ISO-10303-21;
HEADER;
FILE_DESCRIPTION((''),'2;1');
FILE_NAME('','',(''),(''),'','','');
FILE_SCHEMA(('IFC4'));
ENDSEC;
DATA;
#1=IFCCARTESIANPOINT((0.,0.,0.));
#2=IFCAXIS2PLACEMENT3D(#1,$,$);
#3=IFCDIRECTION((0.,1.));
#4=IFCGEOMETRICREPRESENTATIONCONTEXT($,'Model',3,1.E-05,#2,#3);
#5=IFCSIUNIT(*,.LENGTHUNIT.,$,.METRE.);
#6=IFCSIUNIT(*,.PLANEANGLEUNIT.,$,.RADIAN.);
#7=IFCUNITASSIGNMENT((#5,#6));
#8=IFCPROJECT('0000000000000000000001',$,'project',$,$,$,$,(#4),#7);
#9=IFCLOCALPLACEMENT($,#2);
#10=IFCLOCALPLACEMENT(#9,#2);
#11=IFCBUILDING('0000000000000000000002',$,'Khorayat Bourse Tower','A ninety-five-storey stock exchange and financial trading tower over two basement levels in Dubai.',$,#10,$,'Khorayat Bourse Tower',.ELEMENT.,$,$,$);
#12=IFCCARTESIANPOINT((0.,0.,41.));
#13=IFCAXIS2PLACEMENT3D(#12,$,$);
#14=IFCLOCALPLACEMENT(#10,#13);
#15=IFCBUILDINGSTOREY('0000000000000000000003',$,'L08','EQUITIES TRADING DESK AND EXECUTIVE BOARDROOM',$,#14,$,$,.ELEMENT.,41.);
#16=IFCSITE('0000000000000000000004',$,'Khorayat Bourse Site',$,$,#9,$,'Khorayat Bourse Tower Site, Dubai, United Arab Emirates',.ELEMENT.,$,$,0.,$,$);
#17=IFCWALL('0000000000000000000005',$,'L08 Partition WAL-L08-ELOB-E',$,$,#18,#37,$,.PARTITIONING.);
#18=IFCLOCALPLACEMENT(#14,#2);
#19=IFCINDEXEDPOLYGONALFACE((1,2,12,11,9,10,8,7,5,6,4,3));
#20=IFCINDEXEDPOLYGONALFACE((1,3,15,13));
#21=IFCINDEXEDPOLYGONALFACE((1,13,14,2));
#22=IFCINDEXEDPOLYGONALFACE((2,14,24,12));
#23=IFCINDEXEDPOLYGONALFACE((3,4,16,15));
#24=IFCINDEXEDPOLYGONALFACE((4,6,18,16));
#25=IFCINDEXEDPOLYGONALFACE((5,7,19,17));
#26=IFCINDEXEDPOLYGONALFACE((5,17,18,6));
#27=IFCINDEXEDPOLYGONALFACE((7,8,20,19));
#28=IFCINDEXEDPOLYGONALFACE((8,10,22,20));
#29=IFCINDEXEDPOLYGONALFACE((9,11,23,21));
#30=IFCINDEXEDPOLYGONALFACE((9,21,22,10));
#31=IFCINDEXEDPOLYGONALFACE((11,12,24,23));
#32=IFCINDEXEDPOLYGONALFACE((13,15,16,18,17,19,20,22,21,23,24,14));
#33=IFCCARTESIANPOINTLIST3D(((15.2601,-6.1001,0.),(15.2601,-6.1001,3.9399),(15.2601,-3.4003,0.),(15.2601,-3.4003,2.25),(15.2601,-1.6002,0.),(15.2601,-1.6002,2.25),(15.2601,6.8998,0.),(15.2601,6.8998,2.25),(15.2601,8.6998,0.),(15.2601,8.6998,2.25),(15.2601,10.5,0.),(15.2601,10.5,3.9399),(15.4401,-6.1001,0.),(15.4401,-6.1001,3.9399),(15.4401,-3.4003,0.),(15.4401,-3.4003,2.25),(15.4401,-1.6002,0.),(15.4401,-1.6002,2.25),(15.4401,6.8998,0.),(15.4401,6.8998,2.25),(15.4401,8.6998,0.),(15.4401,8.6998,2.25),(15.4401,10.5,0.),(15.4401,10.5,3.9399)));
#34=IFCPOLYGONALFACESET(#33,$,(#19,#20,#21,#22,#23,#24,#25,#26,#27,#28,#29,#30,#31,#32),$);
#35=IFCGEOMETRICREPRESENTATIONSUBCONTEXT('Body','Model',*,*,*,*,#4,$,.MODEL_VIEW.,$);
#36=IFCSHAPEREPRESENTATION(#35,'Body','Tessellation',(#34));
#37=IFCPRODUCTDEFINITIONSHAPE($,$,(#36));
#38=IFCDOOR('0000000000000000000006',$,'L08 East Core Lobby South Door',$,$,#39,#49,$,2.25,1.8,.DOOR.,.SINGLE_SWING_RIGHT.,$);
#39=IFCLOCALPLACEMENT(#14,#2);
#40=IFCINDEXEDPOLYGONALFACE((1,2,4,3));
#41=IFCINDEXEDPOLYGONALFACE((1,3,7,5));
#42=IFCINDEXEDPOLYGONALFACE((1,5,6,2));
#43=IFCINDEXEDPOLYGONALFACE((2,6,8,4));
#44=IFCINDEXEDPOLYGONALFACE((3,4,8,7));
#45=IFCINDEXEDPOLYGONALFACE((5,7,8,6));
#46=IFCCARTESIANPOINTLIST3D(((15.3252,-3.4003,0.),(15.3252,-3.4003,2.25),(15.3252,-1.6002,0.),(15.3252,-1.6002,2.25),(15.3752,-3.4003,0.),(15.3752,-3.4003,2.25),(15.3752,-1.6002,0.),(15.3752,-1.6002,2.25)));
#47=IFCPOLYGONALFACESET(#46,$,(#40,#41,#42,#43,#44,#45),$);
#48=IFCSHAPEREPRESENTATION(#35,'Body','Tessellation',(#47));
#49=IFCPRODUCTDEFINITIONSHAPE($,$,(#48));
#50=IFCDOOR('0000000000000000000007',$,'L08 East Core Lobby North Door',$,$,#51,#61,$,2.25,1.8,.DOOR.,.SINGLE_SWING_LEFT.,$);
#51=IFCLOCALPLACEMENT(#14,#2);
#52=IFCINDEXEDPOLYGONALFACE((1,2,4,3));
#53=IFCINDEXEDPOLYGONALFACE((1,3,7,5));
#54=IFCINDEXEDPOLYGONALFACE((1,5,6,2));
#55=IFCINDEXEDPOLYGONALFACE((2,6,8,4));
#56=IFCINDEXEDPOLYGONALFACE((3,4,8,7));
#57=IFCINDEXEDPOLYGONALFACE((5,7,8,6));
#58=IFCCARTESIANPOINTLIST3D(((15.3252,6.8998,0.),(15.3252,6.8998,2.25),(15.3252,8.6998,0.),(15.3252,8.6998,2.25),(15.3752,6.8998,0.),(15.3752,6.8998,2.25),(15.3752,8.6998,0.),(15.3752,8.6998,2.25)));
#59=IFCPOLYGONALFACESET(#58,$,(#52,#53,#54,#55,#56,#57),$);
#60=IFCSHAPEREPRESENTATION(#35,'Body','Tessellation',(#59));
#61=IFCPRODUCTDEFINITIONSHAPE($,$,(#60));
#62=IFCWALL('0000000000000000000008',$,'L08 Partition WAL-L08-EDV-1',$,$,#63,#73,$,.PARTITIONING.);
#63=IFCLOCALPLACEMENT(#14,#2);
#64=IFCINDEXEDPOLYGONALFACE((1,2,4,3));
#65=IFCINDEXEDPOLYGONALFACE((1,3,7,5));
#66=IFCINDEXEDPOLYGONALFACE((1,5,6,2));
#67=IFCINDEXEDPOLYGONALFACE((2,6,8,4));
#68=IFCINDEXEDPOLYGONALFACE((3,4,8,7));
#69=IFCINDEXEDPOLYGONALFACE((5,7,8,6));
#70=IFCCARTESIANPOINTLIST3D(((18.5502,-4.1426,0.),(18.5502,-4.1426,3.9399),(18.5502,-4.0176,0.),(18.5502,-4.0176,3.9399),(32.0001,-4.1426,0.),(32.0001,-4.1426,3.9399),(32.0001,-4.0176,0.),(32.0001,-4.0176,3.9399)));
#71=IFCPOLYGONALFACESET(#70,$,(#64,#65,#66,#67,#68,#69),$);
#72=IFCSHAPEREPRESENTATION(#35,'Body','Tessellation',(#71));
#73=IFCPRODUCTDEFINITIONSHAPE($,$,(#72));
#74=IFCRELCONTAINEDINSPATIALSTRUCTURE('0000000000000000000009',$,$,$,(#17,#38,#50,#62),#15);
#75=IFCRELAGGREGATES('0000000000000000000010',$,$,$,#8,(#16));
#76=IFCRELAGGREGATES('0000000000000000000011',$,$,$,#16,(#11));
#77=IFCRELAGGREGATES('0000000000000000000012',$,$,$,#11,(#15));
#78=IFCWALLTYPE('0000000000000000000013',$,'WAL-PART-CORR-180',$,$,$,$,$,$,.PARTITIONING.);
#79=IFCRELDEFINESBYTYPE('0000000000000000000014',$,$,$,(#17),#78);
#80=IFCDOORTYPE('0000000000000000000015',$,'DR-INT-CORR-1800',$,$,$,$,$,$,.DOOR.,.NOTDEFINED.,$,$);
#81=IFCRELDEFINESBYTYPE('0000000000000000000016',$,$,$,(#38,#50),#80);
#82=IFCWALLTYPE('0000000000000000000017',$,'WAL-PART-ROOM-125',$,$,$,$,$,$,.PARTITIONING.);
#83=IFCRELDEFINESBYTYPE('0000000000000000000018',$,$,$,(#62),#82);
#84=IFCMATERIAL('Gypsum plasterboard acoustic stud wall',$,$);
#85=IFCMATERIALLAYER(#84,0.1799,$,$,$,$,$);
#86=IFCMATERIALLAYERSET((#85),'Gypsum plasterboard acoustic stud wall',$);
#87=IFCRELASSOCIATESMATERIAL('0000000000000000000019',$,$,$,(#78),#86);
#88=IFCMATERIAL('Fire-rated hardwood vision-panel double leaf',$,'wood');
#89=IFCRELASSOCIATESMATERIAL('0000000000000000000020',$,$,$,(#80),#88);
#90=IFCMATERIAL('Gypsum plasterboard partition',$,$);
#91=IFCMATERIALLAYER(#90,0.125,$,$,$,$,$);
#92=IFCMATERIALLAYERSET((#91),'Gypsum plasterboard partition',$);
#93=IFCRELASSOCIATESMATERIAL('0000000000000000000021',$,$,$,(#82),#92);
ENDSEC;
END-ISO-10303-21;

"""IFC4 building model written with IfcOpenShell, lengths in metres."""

from ifc_helpers import new_model, si_unit, direction, frame, frame_2d, origin, place, context, subcontext, project, spatial, rectangle, extrude, source, transform, mapped, material, layer, layer_set, type_object, element, fill, save


model = new_model("IFC4")

# Units and contexts
model_context = context("Model", 3, precision=1e-05, world=origin(), true_north=direction((0.0, 1.0)))
body_context = subcontext(model_context, "Body", "Model", "MODEL_VIEW")
ifc_project = project(units=[si_unit("LENGTHUNIT", "METRE"), si_unit("PLANEANGLEUNIT", "RADIAN")], contexts=[model_context])

# Site, building, storey
site_placement = place(None, origin())
site = spatial("IfcSite", under=ifc_project, at=site_placement, Name="Khorayat Bourse Site", LongName="Khorayat Bourse Tower Site, Dubai, United Arab Emirates", CompositionType="ELEMENT", RefElevation=0.0)
building_placement = place(site_placement, origin())
building = spatial("IfcBuilding", under=site, at=building_placement, Name="Khorayat Bourse Tower", Description="A ninety-five-storey stock exchange and financial trading tower over two basement levels in Dubai.", LongName="Khorayat Bourse Tower", CompositionType="ELEMENT")
storey_placement = place(building_placement, frame((0.0, 0.0, 41.0)))
storey = spatial("IfcBuildingStorey", under=building, at=storey_placement, Name="L08", Description="EQUITIES TRADING DESK AND EXECUTIVE BOARDROOM", CompositionType="ELEMENT", Elevation=41.0)

# Wall, openings, doors
ifc_material_1 = material(Name="Gypsum plasterboard acoustic stud wall")
ifc_layer_1 = layer(ifc_material_1, 0.1799)
ifc_layer_set_1 = layer_set([ifc_layer_1], Name="Gypsum plasterboard acoustic stud wall")
wall_type_1 = type_object("IfcWallType", Name="WAL-PART-CORR-180", PredefinedType="PARTITIONING", material=ifc_layer_set_1)
shared_shape_1 = source(origin(), body_context, "Body", "SweptSolid", [
    extrude(rectangle(XDim=16.6001, YDim=0.1799, at=frame_2d((8.3, 0.0))), origin(), (0.0, 0.0, 1.0), 3.9399),
])
wall_1_placement = place(storey_placement, frame((15.3501, -6.1001, 0.0), z_axis=(0.0, 0.0, 1.0), x_axis=(0.0, 1.0, 0.0)))
wall_1 = element("IfcWall", 1, at=wall_1_placement, inside=storey, type_object=wall_type_1, Name="L08 Partition WAL-L08-ELOB-E", PredefinedType="PARTITIONING", context=body_context, shape_type="MappedRepresentation", body=[
    mapped(shared_shape_1, transform((0.0, 0.0, 0.0), scale=1.0)),
])
shared_shape_2 = source(origin(), body_context, "Body", "SweptSolid", [
    extrude(rectangle(XDim=1.8, YDim=2.25, at=frame_2d((0.8999, 1.125))), frame((0.0, 0.0999, 0.0), z_axis=(0.0, -1.0, 0.0), x_axis=(1.0, 0.0, 0.0)), (0.0, 0.0, 1.0), 0.2),
])
opening_1_placement = place(wall_1_placement, frame((2.7, 0.0, 0.0)))
opening_1 = element("IfcOpeningElement", 2, at=opening_1_placement, cuts=wall_1, PredefinedType="OPENING", context=body_context, shape_type="MappedRepresentation", body=[
    mapped(shared_shape_2, transform((0.0, 0.0, 0.0), scale=1.0)),
])
opening_2_placement = place(wall_1_placement, frame((13.0, 0.0, 0.0)))
opening_2 = element("IfcOpeningElement", 3, at=opening_2_placement, cuts=wall_1, PredefinedType="OPENING", context=body_context, shape_type="MappedRepresentation", body=[
    mapped(shared_shape_2, transform((0.0, 0.0, 0.0), scale=1.0)),
])
ifc_material_2 = material(Name="Fire-rated hardwood vision-panel double leaf", Category="wood")
door_type_1 = type_object("IfcDoorType", Name="DR-INT-CORR-1800", OperationType="NOTDEFINED", PredefinedType="DOOR", material=ifc_material_2)
shared_shape_3 = source(origin(), body_context, "Body", "SweptSolid", [
    extrude(rectangle(XDim=1.8, YDim=2.25, at=frame_2d((0.8999, 1.125))), frame((0.0, 0.0249, 0.0), z_axis=(0.0, -1.0, 0.0), x_axis=(1.0, 0.0, 0.0)), (0.0, 0.0, 1.0), 0.05),
])
door_1_placement = place(opening_1_placement, origin())
door_1 = element("IfcDoor", 4, at=door_1_placement, inside=storey, type_object=door_type_1, Name="L08 East Core Lobby South Door", OperationType="SINGLE_SWING_RIGHT", OverallHeight=2.25, OverallWidth=1.8, PredefinedType="DOOR", context=body_context, shape_type="MappedRepresentation", body=[
    mapped(shared_shape_3, transform((0.0, 0.0, 0.0), scale=1.0)),
])
fill(opening_1, door_1)
door_2_placement = place(opening_2_placement, origin())
door_2 = element("IfcDoor", 5, at=door_2_placement, inside=storey, type_object=door_type_1, Name="L08 East Core Lobby North Door", OperationType="SINGLE_SWING_LEFT", OverallHeight=2.25, OverallWidth=1.8, PredefinedType="DOOR", context=body_context, shape_type="MappedRepresentation", body=[
    mapped(shared_shape_3, transform((0.0, 0.0, 0.0), scale=1.0)),
])
fill(opening_2, door_2)

# Wall
ifc_material_3 = material(Name="Gypsum plasterboard partition")
ifc_layer_2 = layer(ifc_material_3, 0.125)
ifc_layer_set_2 = layer_set([ifc_layer_2], Name="Gypsum plasterboard partition")
wall_type_2 = type_object("IfcWallType", Name="WAL-PART-ROOM-125", PredefinedType="PARTITIONING", material=ifc_layer_set_2)
shared_shape_4 = source(origin(), body_context, "Body", "SweptSolid", [
    extrude(rectangle(XDim=13.45, YDim=0.125, at=frame_2d((6.7251, 0.0))), origin(), (0.0, 0.0, 1.0), 3.9399),
])
wall_2_placement = place(storey_placement, frame((18.55, -4.0801, 0.0), z_axis=(0.0, 0.0, 1.0), x_axis=(1.0, 0.0, 0.0)))
element("IfcWall", 6, at=wall_2_placement, inside=storey, type_object=wall_type_2, Name="L08 Partition WAL-L08-EDV-1", PredefinedType="PARTITIONING", context=body_context, shape_type="MappedRepresentation", body=[
    mapped(shared_shape_4, transform((0.0, 0.0, 0.0), scale=1.0)),
])

save(model, "model.ifc")
